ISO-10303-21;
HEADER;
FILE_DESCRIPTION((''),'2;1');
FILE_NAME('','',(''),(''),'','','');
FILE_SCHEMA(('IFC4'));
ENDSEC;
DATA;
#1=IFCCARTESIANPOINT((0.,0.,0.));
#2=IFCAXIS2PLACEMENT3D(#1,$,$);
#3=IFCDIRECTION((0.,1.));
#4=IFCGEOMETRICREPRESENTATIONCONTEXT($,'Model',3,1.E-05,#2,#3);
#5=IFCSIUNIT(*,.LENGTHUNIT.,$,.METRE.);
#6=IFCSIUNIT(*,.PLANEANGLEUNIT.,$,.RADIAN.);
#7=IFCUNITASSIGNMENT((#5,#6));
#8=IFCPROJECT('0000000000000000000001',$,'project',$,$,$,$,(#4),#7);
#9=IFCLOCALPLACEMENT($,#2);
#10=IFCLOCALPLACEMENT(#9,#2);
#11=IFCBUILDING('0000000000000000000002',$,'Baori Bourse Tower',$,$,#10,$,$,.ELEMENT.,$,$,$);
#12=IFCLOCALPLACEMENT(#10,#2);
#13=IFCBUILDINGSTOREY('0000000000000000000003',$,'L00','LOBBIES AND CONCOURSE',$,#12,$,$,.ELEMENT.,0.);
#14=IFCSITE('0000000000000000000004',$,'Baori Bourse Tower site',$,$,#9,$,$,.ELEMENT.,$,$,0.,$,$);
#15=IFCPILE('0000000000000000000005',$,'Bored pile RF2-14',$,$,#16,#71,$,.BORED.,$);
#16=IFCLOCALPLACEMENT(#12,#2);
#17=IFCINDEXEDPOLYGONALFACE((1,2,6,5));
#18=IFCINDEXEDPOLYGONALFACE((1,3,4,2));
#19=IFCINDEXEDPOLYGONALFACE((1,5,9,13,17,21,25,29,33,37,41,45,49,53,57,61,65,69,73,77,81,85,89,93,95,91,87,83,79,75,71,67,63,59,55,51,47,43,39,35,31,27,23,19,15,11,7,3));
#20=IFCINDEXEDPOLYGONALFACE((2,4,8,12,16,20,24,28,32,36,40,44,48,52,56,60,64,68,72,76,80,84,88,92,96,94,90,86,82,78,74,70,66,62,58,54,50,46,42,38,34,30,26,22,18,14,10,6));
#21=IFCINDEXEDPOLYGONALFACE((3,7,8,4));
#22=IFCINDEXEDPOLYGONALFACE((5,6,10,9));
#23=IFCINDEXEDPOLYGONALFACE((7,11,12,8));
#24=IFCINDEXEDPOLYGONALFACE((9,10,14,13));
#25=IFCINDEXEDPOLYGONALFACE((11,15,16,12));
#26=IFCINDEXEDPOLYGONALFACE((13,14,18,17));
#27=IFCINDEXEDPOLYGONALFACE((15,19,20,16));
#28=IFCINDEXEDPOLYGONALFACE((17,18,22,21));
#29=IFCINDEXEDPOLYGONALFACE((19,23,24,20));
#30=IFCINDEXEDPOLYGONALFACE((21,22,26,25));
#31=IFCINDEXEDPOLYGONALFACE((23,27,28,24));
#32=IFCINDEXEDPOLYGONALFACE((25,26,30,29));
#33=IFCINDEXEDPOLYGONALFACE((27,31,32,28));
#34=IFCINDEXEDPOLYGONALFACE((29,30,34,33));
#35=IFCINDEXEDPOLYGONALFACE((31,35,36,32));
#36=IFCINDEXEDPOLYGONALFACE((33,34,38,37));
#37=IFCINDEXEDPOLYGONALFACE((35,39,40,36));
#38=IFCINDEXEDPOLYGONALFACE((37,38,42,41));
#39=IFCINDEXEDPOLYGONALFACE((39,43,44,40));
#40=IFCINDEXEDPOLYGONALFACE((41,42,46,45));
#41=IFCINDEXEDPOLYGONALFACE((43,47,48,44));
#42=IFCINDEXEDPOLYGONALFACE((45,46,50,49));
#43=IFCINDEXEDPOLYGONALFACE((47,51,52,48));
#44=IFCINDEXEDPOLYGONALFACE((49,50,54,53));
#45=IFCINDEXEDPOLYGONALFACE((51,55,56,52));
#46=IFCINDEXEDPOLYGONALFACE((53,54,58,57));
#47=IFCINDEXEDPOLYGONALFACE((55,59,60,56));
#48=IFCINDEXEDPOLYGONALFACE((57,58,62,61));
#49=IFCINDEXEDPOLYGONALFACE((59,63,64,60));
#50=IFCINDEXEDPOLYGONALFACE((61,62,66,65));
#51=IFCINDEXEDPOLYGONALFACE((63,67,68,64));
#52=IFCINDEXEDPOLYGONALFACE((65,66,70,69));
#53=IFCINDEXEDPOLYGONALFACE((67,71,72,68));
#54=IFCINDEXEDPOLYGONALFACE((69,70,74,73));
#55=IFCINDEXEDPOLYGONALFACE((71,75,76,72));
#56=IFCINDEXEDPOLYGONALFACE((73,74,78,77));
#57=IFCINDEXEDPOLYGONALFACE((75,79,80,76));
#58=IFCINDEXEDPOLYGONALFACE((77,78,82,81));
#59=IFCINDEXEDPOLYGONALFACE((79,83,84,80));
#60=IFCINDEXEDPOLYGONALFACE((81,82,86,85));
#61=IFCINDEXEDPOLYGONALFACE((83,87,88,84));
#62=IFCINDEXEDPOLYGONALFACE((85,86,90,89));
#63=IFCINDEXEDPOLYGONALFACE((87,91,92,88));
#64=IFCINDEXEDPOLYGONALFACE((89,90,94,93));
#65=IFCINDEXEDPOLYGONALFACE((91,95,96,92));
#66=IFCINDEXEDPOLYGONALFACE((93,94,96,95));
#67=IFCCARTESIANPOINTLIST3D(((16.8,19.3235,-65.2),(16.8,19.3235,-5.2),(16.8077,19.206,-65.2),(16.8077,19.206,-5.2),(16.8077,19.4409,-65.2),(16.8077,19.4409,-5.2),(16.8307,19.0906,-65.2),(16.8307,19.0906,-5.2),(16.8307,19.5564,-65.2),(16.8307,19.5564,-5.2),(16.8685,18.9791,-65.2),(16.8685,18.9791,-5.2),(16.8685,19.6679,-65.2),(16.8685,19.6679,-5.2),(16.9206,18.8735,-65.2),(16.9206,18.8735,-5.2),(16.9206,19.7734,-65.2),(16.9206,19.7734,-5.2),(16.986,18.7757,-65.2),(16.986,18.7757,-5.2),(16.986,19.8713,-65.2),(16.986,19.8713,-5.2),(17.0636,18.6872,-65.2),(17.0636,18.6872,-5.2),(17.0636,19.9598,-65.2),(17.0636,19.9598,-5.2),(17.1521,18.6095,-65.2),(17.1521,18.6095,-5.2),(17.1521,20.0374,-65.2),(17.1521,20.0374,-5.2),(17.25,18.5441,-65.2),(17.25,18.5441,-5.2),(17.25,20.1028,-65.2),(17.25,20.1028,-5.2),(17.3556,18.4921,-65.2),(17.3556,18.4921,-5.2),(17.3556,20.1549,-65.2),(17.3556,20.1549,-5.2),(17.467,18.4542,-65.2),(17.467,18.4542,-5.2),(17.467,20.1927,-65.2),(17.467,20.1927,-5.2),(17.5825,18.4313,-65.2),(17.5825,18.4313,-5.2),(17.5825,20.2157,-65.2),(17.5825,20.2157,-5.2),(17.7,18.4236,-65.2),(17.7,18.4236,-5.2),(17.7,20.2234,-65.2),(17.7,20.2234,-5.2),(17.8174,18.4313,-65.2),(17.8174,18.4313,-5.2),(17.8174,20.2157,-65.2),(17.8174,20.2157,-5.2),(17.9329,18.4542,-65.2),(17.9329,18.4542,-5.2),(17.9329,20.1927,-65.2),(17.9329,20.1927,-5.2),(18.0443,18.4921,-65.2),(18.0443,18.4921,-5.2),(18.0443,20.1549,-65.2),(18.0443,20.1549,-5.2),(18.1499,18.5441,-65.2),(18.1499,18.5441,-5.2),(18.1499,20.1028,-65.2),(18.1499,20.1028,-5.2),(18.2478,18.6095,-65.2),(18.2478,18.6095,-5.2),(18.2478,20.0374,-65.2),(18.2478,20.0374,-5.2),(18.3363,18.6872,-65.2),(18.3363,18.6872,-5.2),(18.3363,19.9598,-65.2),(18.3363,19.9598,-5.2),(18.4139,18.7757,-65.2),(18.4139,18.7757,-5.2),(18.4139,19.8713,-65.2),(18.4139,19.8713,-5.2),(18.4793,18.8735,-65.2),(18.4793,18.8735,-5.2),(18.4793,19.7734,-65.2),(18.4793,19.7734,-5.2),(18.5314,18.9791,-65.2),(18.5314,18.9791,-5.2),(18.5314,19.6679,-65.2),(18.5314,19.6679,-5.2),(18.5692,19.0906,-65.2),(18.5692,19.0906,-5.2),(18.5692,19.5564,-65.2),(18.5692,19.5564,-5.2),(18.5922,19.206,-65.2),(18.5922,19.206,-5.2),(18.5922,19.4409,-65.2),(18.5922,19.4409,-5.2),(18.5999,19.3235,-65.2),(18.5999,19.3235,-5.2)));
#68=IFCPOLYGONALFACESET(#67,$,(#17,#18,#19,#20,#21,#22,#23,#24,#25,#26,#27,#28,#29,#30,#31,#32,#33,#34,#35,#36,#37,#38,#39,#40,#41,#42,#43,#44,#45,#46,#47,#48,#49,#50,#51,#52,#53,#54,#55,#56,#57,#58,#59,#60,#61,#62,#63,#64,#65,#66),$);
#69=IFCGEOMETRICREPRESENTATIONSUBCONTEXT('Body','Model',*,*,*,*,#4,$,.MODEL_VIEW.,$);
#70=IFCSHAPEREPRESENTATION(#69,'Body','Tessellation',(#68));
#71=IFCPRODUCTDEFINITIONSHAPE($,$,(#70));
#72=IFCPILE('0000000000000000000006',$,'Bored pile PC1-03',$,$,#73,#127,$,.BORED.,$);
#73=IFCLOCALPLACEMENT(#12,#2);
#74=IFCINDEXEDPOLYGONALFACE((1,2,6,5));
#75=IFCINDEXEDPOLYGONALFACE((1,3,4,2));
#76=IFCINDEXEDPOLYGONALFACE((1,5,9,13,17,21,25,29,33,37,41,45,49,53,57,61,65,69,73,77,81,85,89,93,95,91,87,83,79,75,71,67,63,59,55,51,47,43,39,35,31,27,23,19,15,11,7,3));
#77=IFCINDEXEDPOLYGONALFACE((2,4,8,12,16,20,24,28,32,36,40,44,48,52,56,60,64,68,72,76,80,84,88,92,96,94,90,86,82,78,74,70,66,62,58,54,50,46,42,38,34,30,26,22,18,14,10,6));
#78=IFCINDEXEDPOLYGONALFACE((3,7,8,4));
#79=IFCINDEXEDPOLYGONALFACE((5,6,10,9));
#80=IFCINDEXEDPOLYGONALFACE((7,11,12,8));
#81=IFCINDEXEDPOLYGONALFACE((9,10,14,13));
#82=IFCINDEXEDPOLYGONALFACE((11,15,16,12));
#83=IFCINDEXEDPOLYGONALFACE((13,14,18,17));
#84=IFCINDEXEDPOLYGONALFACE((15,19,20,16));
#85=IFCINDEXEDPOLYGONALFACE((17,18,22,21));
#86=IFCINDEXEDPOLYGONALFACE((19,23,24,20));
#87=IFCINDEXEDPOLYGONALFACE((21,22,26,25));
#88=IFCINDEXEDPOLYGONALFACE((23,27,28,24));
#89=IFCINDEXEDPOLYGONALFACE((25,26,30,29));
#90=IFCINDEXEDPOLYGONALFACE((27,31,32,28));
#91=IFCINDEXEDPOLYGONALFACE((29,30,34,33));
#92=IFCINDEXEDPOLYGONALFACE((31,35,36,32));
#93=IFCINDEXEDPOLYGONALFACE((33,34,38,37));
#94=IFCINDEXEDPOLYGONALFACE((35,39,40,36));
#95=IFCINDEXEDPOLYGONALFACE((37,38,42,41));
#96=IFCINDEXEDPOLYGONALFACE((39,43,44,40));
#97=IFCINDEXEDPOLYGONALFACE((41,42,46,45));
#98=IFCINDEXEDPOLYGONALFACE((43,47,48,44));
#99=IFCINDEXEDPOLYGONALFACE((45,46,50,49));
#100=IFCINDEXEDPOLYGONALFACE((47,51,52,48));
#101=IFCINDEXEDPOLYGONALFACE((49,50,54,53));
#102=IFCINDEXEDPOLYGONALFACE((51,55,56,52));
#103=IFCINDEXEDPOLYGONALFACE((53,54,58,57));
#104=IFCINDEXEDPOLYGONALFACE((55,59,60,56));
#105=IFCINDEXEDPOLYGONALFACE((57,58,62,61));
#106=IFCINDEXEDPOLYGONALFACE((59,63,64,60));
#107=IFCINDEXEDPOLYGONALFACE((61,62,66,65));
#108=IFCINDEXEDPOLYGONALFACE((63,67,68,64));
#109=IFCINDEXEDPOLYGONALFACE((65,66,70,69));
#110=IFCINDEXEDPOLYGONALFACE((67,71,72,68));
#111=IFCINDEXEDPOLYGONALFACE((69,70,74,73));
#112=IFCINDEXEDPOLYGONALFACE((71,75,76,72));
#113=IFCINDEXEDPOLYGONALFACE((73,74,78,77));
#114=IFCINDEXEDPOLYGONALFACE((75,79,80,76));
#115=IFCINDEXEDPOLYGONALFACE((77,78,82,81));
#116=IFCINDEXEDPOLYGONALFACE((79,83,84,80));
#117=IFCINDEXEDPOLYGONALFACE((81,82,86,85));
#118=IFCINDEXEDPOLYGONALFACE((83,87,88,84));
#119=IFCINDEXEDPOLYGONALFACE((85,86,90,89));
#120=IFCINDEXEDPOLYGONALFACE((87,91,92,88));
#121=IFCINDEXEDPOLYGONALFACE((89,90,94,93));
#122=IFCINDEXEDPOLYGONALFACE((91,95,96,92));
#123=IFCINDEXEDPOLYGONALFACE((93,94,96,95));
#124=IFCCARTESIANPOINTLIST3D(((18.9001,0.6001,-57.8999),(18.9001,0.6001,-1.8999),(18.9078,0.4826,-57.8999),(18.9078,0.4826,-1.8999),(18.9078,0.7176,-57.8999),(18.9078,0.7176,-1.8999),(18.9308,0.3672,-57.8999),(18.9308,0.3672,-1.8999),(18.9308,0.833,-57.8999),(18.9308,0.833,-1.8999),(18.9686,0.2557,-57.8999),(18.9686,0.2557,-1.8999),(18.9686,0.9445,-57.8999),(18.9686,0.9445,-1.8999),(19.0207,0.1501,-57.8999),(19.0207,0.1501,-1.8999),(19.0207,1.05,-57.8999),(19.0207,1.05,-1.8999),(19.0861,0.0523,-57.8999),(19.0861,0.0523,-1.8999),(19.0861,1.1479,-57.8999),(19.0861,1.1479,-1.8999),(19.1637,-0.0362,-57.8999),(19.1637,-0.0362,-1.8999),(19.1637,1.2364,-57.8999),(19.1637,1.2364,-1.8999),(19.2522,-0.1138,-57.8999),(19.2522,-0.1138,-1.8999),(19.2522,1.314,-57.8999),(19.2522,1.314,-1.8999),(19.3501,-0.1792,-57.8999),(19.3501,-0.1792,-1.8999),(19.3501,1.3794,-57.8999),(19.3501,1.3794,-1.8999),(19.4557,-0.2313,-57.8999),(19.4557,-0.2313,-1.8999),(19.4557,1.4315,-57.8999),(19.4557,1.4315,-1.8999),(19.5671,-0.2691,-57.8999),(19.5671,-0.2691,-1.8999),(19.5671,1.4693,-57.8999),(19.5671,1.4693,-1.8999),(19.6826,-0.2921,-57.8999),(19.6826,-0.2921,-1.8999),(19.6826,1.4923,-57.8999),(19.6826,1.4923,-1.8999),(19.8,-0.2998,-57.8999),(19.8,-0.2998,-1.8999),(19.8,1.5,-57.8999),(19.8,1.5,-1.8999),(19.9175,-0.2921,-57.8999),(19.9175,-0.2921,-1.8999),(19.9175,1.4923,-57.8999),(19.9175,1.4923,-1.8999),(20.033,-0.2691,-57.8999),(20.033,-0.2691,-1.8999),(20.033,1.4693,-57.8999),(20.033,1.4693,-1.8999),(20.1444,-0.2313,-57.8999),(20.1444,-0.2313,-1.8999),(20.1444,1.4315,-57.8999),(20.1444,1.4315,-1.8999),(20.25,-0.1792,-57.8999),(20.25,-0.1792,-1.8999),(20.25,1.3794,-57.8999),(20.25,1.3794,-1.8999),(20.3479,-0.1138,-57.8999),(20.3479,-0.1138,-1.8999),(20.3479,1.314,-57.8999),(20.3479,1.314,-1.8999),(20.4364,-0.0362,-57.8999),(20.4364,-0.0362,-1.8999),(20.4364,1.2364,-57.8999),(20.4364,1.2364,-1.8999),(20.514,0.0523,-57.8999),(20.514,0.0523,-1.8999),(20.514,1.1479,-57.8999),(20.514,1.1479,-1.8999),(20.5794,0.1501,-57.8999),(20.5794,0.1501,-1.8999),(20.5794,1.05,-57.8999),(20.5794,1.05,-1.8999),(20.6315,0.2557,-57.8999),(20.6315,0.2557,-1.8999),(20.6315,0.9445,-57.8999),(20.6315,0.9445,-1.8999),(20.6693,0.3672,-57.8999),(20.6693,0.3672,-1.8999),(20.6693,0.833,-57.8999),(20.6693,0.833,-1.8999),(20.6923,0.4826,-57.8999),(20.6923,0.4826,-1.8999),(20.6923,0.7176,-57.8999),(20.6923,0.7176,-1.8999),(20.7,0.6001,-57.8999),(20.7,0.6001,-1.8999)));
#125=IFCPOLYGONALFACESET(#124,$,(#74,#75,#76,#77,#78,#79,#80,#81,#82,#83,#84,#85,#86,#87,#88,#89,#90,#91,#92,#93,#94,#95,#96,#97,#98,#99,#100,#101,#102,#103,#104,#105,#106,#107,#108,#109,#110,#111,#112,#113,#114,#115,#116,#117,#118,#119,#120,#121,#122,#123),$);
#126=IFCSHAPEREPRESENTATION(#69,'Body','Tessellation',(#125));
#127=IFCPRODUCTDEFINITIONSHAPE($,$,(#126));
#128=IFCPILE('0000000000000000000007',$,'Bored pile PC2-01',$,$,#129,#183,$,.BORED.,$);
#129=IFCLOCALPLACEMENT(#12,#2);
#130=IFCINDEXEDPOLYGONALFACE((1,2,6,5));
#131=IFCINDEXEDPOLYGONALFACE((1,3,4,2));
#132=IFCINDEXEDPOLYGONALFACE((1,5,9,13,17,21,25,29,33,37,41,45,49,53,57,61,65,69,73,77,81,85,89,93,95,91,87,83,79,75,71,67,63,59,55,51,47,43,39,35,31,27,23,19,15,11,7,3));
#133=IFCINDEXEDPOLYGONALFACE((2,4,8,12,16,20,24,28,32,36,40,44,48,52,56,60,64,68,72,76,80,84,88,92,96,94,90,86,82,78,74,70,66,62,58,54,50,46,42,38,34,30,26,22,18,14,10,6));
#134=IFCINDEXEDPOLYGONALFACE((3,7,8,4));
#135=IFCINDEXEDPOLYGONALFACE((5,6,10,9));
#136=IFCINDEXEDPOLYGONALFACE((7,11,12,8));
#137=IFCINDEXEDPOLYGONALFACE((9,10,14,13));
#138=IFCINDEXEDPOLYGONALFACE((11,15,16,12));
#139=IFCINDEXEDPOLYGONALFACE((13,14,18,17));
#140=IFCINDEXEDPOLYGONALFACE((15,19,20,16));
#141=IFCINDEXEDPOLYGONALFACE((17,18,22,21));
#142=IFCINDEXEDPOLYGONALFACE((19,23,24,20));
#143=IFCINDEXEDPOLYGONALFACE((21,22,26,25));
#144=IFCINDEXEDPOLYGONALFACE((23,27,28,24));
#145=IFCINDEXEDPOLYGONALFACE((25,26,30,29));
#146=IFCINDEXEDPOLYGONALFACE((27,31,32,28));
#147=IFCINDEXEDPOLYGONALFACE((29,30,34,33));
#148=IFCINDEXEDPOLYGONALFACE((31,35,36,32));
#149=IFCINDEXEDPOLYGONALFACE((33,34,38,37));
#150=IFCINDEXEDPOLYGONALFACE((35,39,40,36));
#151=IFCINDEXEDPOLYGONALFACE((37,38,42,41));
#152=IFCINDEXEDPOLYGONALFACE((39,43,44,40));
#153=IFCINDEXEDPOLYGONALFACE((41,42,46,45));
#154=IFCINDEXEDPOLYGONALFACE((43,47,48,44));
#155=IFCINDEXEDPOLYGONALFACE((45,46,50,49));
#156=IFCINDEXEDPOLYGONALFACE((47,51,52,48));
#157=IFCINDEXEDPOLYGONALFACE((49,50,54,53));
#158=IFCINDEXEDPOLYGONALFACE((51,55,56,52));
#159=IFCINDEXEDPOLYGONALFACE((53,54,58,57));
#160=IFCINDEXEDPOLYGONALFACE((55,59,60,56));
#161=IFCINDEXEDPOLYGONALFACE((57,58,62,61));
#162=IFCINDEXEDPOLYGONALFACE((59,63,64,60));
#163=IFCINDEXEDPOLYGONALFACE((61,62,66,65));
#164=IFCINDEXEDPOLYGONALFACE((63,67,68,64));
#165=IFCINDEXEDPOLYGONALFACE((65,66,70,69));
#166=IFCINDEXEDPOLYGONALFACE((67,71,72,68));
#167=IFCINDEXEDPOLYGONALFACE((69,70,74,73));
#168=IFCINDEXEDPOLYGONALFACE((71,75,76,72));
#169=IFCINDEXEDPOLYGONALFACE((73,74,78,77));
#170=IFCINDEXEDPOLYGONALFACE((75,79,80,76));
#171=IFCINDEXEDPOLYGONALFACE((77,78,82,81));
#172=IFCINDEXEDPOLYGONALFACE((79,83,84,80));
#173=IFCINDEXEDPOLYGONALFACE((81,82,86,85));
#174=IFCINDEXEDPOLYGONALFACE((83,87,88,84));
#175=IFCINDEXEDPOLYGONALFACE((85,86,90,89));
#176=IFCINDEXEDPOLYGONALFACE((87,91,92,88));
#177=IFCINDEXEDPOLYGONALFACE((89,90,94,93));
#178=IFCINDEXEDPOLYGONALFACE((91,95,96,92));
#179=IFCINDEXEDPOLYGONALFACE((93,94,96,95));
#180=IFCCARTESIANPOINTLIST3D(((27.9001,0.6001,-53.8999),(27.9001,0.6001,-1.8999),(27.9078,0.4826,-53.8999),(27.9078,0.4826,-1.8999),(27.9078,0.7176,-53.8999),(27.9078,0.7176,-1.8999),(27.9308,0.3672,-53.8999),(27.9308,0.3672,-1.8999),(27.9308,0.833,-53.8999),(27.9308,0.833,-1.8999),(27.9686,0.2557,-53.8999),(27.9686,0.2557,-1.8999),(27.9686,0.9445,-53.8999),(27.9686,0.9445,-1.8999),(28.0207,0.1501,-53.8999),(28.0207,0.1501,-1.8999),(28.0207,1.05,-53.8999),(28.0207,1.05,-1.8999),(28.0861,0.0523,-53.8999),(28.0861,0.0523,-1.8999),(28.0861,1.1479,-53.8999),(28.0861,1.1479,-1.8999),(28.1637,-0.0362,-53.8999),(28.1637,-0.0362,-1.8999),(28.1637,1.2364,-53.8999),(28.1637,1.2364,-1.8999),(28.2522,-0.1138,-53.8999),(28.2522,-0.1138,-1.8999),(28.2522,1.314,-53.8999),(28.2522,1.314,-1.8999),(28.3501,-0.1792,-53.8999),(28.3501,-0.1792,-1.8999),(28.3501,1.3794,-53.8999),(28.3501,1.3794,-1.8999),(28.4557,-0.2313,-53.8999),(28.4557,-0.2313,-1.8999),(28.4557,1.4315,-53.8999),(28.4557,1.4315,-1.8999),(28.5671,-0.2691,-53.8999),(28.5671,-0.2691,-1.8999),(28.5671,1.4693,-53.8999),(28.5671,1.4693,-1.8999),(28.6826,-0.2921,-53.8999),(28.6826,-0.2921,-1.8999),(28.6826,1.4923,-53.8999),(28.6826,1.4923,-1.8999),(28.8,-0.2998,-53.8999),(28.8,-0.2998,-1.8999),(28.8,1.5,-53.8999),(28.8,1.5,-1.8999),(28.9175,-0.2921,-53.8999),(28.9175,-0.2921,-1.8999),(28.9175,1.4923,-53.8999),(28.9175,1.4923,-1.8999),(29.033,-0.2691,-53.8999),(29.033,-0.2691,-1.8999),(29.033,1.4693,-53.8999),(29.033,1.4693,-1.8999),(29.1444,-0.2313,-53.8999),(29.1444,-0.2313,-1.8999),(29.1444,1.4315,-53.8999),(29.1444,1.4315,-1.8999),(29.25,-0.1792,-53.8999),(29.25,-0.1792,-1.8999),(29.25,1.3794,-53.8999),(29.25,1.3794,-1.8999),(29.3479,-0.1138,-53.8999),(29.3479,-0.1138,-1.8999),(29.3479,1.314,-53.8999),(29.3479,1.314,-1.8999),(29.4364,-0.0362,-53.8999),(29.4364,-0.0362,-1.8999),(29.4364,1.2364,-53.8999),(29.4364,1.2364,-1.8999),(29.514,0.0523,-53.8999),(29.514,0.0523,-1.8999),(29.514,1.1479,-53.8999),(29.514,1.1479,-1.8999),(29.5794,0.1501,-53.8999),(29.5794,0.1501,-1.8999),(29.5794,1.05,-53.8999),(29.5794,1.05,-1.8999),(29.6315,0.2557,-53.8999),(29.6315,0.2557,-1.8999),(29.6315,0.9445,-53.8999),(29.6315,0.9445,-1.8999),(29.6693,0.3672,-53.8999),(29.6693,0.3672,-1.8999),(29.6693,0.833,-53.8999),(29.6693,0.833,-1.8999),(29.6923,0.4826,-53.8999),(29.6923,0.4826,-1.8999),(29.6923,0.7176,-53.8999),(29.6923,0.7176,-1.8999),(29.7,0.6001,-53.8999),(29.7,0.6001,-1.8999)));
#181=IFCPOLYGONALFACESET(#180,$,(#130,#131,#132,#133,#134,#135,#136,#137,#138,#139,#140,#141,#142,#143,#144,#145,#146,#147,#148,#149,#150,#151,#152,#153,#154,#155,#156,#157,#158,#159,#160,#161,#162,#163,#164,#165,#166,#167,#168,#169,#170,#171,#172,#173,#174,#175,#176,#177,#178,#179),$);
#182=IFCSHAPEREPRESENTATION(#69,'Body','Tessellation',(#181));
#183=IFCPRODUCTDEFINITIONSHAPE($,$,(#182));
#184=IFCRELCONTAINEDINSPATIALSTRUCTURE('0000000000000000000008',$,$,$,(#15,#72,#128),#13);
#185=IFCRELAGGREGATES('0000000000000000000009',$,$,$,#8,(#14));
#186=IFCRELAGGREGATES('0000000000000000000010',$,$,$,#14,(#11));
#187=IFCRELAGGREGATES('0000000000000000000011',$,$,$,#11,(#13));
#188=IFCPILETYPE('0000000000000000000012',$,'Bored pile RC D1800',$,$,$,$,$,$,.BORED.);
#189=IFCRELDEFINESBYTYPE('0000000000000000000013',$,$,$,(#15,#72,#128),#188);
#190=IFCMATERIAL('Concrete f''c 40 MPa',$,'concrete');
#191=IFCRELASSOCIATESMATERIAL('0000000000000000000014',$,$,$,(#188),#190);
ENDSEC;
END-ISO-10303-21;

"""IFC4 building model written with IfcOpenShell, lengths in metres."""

from ifc_helpers import new_model, si_unit, direction, frame, origin, origin_2d, place, context, subcontext, project, spatial, circle, extrude, material, material_profile, profile_set, type_object, element, save


model = new_model("IFC4")

# Units and contexts
model_context = context("Model", 3, precision=1e-05, world=origin(), true_north=direction((0.0, 1.0)))
body_context = subcontext(model_context, "Body", "Model", "MODEL_VIEW")
ifc_project = project(units=[si_unit("LENGTHUNIT", "METRE"), si_unit("PLANEANGLEUNIT", "RADIAN")], contexts=[model_context])

# Site, building, storey
site_placement = place(None, origin())
site = spatial("IfcSite", under=ifc_project, at=site_placement, Name="Baori Bourse Tower site", CompositionType="ELEMENT", RefElevation=0.0)
building_placement = place(site_placement, origin())
building = spatial("IfcBuilding", under=site, at=building_placement, Name="Baori Bourse Tower", CompositionType="ELEMENT")
storey_placement = place(building_placement, origin())
storey = spatial("IfcBuildingStorey", under=building, at=storey_placement, Name="L00", Description="LOBBIES AND CONCOURSE", CompositionType="ELEMENT", Elevation=0.0)

# Piles
ifc_material_1 = material(Name="Concrete f'c 40 MPa", Category="concrete")
ifc_material_profile_1 = material_profile(ifc_material_1, circle(Radius=0.8999, at=origin_2d()), Name="RC D1800")
ifc_profile_set_1 = profile_set([ifc_material_profile_1], Name="Concrete f'c 40 MPa")
pile_type = type_object("IfcPileType", Name="Bored pile RC D1800", PredefinedType="BORED", material=ifc_profile_set_1)
for number, where, z_axis, x_axis, name in (
    (1, (17.7, 19.3235, -5.2), (0.0, 0.0, -1.0), (1.0, 0.0, 0.0), "Bored pile RF2-14"),
):
    element("IfcPile", number, at=place(storey_placement, frame(where, z_axis=z_axis, x_axis=x_axis)), inside=storey, type_object=pile_type, Name=name, PredefinedType="BORED", context=body_context, shape_type="SweptSolid", body=[
        extrude(circle(Radius=0.8999, at=origin_2d()), origin(), (0.0, 0.0, 1.0), 60.0),
    ])
pile_1_placement = place(storey_placement, frame((19.8, 0.6001, -1.8999), z_axis=(0.0, 0.0, -1.0), x_axis=(1.0, 0.0, 0.0)))
element("IfcPile", 2, at=pile_1_placement, inside=storey, type_object=pile_type, Name="Bored pile PC1-03", PredefinedType="BORED", context=body_context, shape_type="SweptSolid", body=[
    extrude(circle(Radius=0.8999, at=origin_2d()), origin(), (0.0, 0.0, 1.0), 56.0),
])
pile_2_placement = place(storey_placement, frame((28.8, 0.6001, -1.8999), z_axis=(0.0, 0.0, -1.0), x_axis=(1.0, 0.0, 0.0)))
element("IfcPile", 3, at=pile_2_placement, inside=storey, type_object=pile_type, Name="Bored pile PC2-01", PredefinedType="BORED", context=body_context, shape_type="SweptSolid", body=[
    extrude(circle(Radius=0.8999, at=origin_2d()), origin(), (0.0, 0.0, 1.0), 52.0),
])

save(model, "model.ifc")
